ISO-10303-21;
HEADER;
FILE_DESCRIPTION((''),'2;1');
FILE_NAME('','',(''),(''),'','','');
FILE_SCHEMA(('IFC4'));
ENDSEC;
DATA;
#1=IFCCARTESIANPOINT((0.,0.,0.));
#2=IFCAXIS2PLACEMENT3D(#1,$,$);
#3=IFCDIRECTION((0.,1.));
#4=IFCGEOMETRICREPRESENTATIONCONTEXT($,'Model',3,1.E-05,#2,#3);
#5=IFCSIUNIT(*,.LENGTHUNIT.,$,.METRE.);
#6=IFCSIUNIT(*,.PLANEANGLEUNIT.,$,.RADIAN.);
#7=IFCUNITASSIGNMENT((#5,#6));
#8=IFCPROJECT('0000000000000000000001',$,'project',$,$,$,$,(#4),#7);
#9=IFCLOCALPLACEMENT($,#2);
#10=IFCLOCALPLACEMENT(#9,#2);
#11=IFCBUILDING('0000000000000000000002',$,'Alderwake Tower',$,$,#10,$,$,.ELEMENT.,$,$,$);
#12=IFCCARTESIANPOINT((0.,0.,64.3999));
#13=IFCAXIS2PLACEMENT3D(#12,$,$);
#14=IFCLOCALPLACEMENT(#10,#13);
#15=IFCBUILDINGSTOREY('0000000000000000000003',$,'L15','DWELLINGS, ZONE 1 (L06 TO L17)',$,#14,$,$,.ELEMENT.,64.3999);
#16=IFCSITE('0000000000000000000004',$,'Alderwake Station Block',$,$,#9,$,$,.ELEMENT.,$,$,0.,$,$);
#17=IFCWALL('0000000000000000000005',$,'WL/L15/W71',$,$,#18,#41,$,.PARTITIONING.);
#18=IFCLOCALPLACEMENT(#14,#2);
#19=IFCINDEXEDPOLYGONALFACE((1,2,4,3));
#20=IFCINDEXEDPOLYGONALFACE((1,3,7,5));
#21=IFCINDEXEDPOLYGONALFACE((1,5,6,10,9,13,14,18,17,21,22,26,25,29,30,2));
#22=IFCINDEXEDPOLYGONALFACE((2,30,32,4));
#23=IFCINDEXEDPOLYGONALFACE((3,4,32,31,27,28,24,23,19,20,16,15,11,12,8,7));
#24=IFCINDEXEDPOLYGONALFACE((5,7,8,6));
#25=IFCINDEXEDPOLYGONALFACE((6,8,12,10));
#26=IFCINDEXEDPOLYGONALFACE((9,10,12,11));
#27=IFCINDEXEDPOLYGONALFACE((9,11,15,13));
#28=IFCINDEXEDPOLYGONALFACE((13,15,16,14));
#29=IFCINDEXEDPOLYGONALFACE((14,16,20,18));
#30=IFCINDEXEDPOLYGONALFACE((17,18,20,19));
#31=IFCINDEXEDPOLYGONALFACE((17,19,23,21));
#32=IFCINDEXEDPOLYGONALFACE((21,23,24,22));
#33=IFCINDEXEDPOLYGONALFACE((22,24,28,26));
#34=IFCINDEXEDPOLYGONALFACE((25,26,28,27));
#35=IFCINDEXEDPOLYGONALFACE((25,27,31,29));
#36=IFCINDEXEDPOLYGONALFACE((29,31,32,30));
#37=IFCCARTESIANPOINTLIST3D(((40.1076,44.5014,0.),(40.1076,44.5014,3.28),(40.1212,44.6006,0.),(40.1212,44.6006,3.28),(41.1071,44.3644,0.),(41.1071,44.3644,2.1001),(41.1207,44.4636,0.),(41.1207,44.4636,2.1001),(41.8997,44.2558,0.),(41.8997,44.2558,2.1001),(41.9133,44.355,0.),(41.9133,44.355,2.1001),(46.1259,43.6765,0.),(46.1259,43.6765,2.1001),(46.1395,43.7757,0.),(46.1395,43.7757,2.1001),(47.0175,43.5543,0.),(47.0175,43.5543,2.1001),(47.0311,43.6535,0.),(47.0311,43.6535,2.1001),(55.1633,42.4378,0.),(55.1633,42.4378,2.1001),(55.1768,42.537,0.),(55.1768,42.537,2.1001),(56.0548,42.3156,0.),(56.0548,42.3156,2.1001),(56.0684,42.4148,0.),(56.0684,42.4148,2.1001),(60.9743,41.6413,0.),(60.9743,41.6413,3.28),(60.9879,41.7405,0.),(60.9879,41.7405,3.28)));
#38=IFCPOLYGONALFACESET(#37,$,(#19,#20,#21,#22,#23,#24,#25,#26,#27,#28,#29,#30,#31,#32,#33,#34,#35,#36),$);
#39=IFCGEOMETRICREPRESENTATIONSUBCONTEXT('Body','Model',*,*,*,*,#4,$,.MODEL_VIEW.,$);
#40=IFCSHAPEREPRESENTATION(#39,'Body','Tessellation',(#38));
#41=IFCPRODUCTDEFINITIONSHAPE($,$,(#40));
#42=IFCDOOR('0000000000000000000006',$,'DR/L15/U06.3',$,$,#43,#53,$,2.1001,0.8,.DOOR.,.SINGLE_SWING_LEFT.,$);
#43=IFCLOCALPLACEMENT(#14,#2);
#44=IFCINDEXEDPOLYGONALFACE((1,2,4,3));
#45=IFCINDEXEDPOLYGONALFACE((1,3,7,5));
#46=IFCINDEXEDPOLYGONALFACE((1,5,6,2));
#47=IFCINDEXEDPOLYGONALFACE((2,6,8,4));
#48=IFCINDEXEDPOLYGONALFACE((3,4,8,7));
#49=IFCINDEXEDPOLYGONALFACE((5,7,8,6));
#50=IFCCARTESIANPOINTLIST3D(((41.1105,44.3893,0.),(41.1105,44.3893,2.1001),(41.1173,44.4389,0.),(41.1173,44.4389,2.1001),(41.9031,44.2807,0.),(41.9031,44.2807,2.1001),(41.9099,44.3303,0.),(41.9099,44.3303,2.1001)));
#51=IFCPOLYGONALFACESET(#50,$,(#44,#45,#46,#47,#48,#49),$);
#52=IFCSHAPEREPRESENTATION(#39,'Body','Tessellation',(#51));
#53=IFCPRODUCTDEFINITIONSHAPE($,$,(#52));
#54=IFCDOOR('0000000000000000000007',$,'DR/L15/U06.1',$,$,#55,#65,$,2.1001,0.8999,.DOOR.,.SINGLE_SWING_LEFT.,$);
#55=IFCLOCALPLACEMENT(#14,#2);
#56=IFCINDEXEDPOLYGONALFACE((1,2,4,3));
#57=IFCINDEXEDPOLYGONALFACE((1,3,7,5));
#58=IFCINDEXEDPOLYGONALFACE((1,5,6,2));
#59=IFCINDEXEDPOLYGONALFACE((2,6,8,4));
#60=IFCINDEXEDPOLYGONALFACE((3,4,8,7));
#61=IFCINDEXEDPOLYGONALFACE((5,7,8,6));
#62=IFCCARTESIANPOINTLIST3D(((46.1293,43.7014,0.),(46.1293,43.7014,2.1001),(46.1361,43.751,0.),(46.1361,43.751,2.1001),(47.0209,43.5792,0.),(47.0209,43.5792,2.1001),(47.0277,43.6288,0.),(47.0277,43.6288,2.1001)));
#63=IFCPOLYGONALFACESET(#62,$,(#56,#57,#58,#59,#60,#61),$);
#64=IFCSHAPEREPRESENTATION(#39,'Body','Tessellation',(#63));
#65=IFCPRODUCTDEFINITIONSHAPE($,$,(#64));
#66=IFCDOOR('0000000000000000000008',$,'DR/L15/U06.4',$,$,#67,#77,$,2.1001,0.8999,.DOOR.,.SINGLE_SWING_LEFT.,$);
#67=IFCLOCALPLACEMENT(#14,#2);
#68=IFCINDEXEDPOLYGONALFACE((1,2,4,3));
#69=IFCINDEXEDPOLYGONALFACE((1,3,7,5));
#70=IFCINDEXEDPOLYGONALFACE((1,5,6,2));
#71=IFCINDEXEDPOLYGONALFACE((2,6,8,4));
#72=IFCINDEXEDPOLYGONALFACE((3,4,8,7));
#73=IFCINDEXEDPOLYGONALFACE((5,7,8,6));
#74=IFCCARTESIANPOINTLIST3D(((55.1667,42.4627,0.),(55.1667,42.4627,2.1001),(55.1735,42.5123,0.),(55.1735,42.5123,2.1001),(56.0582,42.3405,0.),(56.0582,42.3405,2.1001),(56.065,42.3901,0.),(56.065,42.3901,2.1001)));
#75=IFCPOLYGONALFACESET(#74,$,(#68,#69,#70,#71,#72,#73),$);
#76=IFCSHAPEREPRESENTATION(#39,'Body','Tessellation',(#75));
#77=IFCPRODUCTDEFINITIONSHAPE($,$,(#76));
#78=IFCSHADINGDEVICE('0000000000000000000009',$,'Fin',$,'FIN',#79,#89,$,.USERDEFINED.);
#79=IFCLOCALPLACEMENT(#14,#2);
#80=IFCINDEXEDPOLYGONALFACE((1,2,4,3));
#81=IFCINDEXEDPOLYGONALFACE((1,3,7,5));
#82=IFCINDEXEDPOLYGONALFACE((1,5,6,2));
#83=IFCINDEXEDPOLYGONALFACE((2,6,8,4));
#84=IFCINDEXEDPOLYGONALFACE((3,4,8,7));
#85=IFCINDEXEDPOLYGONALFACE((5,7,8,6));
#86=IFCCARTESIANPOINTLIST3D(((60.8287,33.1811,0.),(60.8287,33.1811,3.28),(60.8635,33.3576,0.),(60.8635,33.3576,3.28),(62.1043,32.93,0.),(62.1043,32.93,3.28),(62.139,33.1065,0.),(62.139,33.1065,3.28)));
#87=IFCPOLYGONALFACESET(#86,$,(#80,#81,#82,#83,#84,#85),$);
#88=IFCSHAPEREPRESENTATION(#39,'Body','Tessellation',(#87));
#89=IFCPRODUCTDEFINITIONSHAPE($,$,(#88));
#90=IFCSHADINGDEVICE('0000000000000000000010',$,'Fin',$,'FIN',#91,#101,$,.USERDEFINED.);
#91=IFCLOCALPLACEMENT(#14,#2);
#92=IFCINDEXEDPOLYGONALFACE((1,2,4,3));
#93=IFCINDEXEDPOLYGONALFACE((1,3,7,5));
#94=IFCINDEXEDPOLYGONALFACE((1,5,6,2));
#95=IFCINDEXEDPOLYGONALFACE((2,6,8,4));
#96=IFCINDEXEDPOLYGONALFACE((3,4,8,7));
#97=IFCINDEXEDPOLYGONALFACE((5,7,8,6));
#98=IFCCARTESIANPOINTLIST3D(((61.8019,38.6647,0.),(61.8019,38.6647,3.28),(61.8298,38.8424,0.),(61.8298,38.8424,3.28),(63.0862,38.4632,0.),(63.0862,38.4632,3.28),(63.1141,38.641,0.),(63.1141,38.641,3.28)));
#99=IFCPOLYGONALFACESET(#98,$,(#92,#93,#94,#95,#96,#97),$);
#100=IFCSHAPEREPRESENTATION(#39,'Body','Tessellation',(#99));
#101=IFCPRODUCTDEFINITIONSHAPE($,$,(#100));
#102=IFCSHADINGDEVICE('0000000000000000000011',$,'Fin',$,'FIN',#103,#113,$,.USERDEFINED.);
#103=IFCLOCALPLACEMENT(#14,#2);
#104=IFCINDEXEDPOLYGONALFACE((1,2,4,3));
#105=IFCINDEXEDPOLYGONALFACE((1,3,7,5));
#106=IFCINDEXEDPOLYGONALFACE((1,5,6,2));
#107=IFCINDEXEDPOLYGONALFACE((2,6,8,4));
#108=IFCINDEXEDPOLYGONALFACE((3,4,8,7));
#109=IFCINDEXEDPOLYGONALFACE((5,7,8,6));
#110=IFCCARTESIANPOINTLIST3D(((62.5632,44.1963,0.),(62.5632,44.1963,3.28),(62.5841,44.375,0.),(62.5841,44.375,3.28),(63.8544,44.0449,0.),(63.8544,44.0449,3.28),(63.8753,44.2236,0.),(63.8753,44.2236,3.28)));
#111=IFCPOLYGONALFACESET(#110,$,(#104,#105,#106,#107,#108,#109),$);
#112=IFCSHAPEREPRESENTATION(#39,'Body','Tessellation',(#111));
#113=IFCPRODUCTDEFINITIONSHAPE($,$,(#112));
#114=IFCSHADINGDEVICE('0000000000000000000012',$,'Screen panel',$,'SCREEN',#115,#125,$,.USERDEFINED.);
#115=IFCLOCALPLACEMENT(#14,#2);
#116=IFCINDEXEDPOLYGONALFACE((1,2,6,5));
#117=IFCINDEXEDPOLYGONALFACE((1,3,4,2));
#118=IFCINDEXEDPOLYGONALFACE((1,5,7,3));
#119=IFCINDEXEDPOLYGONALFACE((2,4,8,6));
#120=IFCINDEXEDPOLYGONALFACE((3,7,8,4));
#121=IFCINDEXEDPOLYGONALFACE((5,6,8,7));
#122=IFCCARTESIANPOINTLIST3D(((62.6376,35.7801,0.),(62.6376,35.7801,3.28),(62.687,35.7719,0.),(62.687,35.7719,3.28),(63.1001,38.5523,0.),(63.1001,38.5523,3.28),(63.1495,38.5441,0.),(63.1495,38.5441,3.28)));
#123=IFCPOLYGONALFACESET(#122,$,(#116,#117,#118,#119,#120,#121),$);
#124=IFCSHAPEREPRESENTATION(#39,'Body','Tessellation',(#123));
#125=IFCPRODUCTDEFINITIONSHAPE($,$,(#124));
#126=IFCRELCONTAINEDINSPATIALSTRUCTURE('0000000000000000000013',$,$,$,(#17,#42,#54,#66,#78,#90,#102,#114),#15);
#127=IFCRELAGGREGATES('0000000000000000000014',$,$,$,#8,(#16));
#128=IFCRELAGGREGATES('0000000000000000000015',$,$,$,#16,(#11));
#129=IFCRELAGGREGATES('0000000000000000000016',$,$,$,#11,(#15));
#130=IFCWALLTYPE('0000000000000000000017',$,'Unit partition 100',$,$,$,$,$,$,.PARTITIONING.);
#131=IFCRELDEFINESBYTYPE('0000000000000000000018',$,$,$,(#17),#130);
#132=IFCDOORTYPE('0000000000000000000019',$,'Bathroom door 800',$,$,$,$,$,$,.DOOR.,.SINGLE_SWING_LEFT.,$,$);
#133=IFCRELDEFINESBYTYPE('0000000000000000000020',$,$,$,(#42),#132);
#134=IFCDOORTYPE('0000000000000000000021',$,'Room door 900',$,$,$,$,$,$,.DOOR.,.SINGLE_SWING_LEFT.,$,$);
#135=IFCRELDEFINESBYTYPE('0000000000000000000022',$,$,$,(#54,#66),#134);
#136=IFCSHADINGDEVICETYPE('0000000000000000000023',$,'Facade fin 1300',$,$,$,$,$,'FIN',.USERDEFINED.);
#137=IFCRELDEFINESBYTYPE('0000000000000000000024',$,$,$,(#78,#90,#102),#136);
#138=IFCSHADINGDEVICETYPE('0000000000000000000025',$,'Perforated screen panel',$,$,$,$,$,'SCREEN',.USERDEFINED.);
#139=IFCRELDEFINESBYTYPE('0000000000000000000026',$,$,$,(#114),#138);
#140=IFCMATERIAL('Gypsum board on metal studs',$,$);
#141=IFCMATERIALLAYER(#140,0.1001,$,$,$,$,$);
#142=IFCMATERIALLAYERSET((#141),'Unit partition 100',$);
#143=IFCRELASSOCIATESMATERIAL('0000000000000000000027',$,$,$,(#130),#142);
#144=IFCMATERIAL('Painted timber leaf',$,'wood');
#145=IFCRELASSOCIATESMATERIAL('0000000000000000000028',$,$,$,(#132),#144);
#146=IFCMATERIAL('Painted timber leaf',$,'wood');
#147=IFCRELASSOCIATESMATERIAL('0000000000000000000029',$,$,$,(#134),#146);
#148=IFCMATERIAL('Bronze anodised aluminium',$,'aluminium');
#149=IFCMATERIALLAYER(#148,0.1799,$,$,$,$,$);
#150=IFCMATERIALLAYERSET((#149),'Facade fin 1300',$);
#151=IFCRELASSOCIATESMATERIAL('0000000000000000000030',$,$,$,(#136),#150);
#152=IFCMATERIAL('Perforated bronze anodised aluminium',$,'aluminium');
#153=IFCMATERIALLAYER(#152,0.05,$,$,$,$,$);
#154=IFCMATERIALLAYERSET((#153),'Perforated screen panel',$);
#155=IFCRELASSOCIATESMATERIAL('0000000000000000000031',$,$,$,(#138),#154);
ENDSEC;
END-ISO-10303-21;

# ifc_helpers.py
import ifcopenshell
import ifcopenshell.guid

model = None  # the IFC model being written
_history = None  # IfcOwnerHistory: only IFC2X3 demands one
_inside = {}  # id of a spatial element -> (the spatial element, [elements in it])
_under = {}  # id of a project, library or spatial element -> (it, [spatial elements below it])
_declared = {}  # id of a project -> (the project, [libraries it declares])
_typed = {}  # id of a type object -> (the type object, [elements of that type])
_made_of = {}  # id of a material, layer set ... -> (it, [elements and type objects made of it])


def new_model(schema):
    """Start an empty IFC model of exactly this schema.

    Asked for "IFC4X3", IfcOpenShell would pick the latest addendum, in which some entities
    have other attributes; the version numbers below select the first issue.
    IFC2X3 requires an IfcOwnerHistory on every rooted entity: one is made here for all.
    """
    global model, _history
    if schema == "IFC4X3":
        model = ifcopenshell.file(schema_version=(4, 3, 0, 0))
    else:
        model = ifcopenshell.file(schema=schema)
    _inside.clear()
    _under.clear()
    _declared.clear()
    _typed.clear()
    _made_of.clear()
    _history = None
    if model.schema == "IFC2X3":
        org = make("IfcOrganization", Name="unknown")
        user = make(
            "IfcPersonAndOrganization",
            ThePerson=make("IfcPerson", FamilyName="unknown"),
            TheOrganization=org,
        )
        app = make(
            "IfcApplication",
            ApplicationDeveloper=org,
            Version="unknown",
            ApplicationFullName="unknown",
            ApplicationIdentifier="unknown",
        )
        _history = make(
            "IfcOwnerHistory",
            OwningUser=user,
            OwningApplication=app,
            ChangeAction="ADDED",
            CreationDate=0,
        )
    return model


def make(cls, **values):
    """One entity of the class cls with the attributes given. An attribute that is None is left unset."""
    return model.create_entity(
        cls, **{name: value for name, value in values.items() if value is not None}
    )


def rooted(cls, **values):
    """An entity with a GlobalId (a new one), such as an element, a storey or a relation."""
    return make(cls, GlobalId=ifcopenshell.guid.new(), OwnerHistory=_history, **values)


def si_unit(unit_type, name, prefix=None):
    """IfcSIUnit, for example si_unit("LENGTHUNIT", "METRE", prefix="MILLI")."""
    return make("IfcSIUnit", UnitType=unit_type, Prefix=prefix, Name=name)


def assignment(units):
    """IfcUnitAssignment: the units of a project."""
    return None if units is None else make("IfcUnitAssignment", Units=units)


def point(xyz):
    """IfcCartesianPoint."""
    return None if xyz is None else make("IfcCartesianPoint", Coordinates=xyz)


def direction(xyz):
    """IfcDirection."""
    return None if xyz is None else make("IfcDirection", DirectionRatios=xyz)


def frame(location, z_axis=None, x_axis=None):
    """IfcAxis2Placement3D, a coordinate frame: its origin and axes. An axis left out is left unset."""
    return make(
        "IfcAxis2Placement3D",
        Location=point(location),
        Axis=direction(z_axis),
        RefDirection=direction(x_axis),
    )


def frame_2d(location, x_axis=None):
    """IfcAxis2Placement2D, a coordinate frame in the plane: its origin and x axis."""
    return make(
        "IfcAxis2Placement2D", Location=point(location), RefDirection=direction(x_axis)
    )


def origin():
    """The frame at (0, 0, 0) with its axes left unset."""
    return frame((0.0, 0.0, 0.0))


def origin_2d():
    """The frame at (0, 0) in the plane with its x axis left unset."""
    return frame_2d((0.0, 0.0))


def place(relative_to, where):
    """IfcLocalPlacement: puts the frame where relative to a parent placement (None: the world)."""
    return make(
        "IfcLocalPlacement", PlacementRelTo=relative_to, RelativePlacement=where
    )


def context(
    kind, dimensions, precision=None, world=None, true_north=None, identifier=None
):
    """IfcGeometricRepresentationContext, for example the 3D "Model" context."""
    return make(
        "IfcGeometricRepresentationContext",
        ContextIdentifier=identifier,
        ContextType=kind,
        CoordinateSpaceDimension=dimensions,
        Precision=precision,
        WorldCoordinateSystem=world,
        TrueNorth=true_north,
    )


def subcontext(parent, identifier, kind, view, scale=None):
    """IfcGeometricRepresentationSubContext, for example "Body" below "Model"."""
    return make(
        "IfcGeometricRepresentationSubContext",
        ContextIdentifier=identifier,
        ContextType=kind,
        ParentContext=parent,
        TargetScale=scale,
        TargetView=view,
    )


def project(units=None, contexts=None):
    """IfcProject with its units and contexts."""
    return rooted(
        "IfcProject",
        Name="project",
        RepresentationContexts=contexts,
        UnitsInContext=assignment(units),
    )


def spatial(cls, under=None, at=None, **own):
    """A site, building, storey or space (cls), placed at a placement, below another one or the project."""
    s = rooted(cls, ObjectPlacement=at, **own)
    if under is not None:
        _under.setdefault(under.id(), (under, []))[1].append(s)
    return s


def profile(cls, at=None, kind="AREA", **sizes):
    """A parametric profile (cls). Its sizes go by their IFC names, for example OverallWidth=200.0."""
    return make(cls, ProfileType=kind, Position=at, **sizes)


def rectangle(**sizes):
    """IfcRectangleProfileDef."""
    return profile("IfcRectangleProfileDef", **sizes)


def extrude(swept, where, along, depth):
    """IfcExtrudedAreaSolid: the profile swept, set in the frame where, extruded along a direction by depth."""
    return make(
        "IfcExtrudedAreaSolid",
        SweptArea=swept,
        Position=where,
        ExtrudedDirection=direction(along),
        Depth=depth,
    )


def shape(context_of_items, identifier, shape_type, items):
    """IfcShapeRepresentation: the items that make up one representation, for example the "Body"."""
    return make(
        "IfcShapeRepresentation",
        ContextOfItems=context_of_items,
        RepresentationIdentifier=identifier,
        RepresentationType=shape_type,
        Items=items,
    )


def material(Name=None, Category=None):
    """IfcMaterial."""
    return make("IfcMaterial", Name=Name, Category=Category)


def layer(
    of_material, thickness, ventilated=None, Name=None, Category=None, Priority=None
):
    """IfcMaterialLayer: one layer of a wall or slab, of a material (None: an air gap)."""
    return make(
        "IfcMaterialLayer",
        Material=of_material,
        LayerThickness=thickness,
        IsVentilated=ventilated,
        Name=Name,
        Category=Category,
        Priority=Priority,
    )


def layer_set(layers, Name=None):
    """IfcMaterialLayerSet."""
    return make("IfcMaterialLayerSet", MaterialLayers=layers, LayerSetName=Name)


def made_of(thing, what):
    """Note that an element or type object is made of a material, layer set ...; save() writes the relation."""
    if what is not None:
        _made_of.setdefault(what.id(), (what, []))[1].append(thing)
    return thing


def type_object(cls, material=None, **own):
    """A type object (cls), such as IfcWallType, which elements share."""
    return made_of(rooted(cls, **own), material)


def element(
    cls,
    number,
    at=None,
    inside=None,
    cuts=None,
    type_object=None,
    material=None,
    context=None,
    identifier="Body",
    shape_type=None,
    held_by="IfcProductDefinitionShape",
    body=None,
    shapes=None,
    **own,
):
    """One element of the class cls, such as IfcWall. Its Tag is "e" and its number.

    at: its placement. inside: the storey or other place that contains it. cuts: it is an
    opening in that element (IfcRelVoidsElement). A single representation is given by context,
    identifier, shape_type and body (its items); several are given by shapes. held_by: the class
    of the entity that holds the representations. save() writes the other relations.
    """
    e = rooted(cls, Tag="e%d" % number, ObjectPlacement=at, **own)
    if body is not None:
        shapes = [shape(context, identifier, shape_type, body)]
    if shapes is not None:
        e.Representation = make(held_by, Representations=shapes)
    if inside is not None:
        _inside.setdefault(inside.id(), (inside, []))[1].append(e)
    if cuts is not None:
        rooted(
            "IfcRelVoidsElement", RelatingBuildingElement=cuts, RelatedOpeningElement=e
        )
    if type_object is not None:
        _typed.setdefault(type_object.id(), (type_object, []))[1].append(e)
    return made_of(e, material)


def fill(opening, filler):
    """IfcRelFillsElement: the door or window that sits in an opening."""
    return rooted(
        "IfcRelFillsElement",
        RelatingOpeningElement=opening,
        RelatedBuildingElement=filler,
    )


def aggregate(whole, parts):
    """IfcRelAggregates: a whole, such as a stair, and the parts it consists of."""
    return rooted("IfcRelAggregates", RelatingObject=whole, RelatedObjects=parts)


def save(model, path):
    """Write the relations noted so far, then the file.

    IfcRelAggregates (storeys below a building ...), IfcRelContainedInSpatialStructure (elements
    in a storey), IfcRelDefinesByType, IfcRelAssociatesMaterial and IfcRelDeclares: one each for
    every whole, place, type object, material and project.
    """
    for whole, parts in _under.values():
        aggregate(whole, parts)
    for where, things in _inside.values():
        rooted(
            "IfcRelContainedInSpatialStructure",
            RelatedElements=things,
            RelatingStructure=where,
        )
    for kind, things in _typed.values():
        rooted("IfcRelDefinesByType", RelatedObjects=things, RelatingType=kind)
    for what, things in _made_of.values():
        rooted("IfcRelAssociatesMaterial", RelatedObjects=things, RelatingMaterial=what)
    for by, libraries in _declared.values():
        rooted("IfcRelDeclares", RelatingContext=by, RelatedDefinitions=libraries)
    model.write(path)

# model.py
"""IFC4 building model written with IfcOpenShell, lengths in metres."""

from ifc_helpers import new_model, si_unit, direction, frame, frame_2d, origin, origin_2d, place, context, subcontext, project, spatial, rectangle, extrude, material, layer, layer_set, type_object, element, fill, save


model = new_model("IFC4")

# Units and contexts
model_context = context("Model", 3, precision=1e-05, world=origin(), true_north=direction((0.0, 1.0)))
body_context = subcontext(model_context, "Body", "Model", "MODEL_VIEW")
ifc_project = project(units=[si_unit("LENGTHUNIT", "METRE"), si_unit("PLANEANGLEUNIT", "RADIAN")], contexts=[model_context])

# Site, building, storey
site_placement = place(None, origin())
site = spatial("IfcSite", under=ifc_project, at=site_placement, Name="Alderwake Station Block", CompositionType="ELEMENT", RefElevation=0.0)
building_placement = place(site_placement, origin())
building = spatial("IfcBuilding", under=site, at=building_placement, Name="Alderwake Tower", CompositionType="ELEMENT")
storey_placement = place(building_placement, frame((0.0, 0.0, 64.3999)))
storey = spatial("IfcBuildingStorey", under=building, at=storey_placement, Name="L15", Description="DWELLINGS, ZONE 1 (L06 TO L17)", CompositionType="ELEMENT", Elevation=64.3999)

# Wall, openings, doors
ifc_material_1 = material(Name="Gypsum board on metal studs")
ifc_layer_1 = layer(ifc_material_1, 0.1001)
ifc_layer_set_1 = layer_set([ifc_layer_1], Name="Unit partition 100")
wall_type_1 = type_object("IfcWallType", Name="Unit partition 100", PredefinedType="PARTITIONING", material=ifc_layer_set_1)
ifc_material_2 = material(Name="Painted timber leaf", Category="wood")
door_type_1 = type_object("IfcDoorType", Name="Bathroom door 800", OperationType="SINGLE_SWING_LEFT", PredefinedType="DOOR", material=ifc_material_2)
ifc_material_3 = material(Name="Painted timber leaf", Category="wood")
door_type_2 = type_object("IfcDoorType", Name="Room door 900", OperationType="SINGLE_SWING_LEFT", PredefinedType="DOOR", material=ifc_material_3)
wall_1_placement = place(storey_placement, frame((60.981, 41.6909, 0.0), z_axis=(0.0, 0.0, 1.0), x_axis=(-0.990737, 0.135796, 0.0)))
wall_1 = element("IfcWall", 1, at=wall_1_placement, inside=storey, type_object=wall_type_1, Name="WL/L15/W71", PredefinedType="PARTITIONING", context=body_context, shape_type="SweptSolid", body=[
    extrude(rectangle(XDim=21.0618, YDim=0.1001, at=frame_2d((10.5308, 0.0))), origin(), (0.0, 0.0, 1.0), 3.28),
])
opening_1_placement = place(wall_1_placement, frame((14.0872, 0.0, 0.0)))
opening_1 = element("IfcOpeningElement", 2, at=opening_1_placement, cuts=wall_1, PredefinedType="OPENING", context=body_context, shape_type="SweptSolid", body=[
    extrude(rectangle(XDim=0.8999, YDim=2.1001, at=frame_2d((0.45, 1.05))), frame((0.0, 0.0601, 0.0), z_axis=(0.0, -1.0, 0.0), x_axis=(1.0, 0.0, 0.0)), (0.0, 0.0, 1.0), 0.1201),
])
opening_2_placement = place(wall_1_placement, frame((19.2529, 0.0, 0.0)))
opening_2 = element("IfcOpeningElement", 3, at=opening_2_placement, cuts=wall_1, PredefinedType="OPENING", context=body_context, shape_type="SweptSolid", body=[
    extrude(rectangle(XDim=0.8, YDim=2.1001, at=frame_2d((0.3999, 1.05))), frame((0.0, 0.0601, 0.0), z_axis=(0.0, -1.0, 0.0), x_axis=(1.0, 0.0, 0.0)), (0.0, 0.0, 1.0), 0.1201),
])
opening_3_placement = place(wall_1_placement, frame((4.9653, 0.0, 0.0)))
opening_3 = element("IfcOpeningElement", 4, at=opening_3_placement, cuts=wall_1, PredefinedType="OPENING", context=body_context, shape_type="SweptSolid", body=[
    extrude(rectangle(XDim=0.8999, YDim=2.1001, at=frame_2d((0.45, 1.05))), frame((0.0, 0.0601, 0.0), z_axis=(0.0, -1.0, 0.0), x_axis=(1.0, 0.0, 0.0)), (0.0, 0.0, 1.0), 0.1201),
])
door_1_placement = place(opening_2_placement, origin())
door_1 = element("IfcDoor", 5, at=door_1_placement, inside=storey, type_object=door_type_1, Name="DR/L15/U06.3", OperationType="SINGLE_SWING_LEFT", OverallHeight=2.1001, OverallWidth=0.8, PredefinedType="DOOR", context=body_context, shape_type="SweptSolid", body=[
    extrude(rectangle(XDim=0.8, YDim=2.1001, at=frame_2d((0.3999, 1.05))), frame((0.0, 0.0249, 0.0), z_axis=(0.0, -1.0, 0.0), x_axis=(1.0, 0.0, 0.0)), (0.0, 0.0, 1.0), 0.05),
])
fill(opening_2, door_1)
door_2_placement = place(opening_1_placement, origin())
door_2 = element("IfcDoor", 6, at=door_2_placement, inside=storey, type_object=door_type_2, Name="DR/L15/U06.1", OperationType="SINGLE_SWING_LEFT", OverallHeight=2.1001, OverallWidth=0.8999, PredefinedType="DOOR", context=body_context, shape_type="SweptSolid", body=[
    extrude(rectangle(XDim=0.8999, YDim=2.1001, at=frame_2d((0.45, 1.05))), frame((0.0, 0.0249, 0.0), z_axis=(0.0, -1.0, 0.0), x_axis=(1.0, 0.0, 0.0)), (0.0, 0.0, 1.0), 0.05),
])
fill(opening_1, door_2)
door_3_placement = place(opening_3_placement, origin())
door_3 = element("IfcDoor", 7, at=door_3_placement, inside=storey, type_object=door_type_2, Name="DR/L15/U06.4", OperationType="SINGLE_SWING_LEFT", OverallHeight=2.1001, OverallWidth=0.8999, PredefinedType="DOOR", context=body_context, shape_type="SweptSolid", body=[
    extrude(rectangle(XDim=0.8999, YDim=2.1001, at=frame_2d((0.45, 1.05))), frame((0.0, 0.0249, 0.0), z_axis=(0.0, -1.0, 0.0), x_axis=(1.0, 0.0, 0.0)), (0.0, 0.0, 1.0), 0.05),
])
fill(opening_3, door_3)

# Shading devices
ifc_material_4 = material(Name="Bronze anodised aluminium", Category="aluminium")
ifc_layer_2 = layer(ifc_material_4, 0.1799)
ifc_layer_set_2 = layer_set([ifc_layer_2], Name="Facade fin 1300")
shading_device_type_1 = type_object("IfcShadingDeviceType", Name="Facade fin 1300", ElementType="FIN", PredefinedType="USERDEFINED", material=ifc_layer_set_2)
for number, where, z_axis, x_axis, name in (
    (8, (61.4839, 33.1438, 0.0), (0.0, 0.0, 1.0), (0.981164, -0.193178, 0.0), "Fin"),
    (9, (62.458, 38.6528, 0.0), (0.0, 0.0, 1.0), (0.987919, -0.154972, 0.0), "Fin"),
    (10, (63.2192, 44.21, 0.0), (0.0, 0.0, 1.0), (0.993198, -0.116435, 0.0), "Fin"),
):
    element("IfcShadingDevice", number, at=place(storey_placement, frame(where, z_axis=z_axis, x_axis=x_axis)), inside=storey, type_object=shading_device_type_1, Name=name, ObjectType="FIN", PredefinedType="USERDEFINED", context=body_context, shape_type="SweptSolid", body=[
        extrude(rectangle(XDim=1.3, YDim=0.1799, at=origin_2d()), origin(), (0.0, 0.0, 1.0), 3.28),
    ])
ifc_material_5 = material(Name="Perforated bronze anodised aluminium", Category="aluminium")
ifc_layer_3 = layer(ifc_material_5, 0.05)
ifc_layer_set_3 = layer_set([ifc_layer_3], Name="Perforated screen panel")
shading_device_type_2 = type_object("IfcShadingDeviceType", Name="Perforated screen panel", ElementType="SCREEN", PredefinedType="USERDEFINED", material=ifc_layer_set_3)
shading_device_placement = place(storey_placement, frame((62.8936, 37.1621, 0.0), z_axis=(0.0, 0.0, 1.0), x_axis=(0.986369, -0.164548, 0.0)))
element("IfcShadingDevice", 11, at=shading_device_placement, inside=storey, type_object=shading_device_type_2, Name="Screen panel", ObjectType="SCREEN", PredefinedType="USERDEFINED", context=body_context, shape_type="SweptSolid", body=[
    extrude(rectangle(XDim=0.05, YDim=2.8105, at=origin_2d()), origin(), (0.0, 0.0, 1.0), 3.28),
])

save(model, "model.ifc")
